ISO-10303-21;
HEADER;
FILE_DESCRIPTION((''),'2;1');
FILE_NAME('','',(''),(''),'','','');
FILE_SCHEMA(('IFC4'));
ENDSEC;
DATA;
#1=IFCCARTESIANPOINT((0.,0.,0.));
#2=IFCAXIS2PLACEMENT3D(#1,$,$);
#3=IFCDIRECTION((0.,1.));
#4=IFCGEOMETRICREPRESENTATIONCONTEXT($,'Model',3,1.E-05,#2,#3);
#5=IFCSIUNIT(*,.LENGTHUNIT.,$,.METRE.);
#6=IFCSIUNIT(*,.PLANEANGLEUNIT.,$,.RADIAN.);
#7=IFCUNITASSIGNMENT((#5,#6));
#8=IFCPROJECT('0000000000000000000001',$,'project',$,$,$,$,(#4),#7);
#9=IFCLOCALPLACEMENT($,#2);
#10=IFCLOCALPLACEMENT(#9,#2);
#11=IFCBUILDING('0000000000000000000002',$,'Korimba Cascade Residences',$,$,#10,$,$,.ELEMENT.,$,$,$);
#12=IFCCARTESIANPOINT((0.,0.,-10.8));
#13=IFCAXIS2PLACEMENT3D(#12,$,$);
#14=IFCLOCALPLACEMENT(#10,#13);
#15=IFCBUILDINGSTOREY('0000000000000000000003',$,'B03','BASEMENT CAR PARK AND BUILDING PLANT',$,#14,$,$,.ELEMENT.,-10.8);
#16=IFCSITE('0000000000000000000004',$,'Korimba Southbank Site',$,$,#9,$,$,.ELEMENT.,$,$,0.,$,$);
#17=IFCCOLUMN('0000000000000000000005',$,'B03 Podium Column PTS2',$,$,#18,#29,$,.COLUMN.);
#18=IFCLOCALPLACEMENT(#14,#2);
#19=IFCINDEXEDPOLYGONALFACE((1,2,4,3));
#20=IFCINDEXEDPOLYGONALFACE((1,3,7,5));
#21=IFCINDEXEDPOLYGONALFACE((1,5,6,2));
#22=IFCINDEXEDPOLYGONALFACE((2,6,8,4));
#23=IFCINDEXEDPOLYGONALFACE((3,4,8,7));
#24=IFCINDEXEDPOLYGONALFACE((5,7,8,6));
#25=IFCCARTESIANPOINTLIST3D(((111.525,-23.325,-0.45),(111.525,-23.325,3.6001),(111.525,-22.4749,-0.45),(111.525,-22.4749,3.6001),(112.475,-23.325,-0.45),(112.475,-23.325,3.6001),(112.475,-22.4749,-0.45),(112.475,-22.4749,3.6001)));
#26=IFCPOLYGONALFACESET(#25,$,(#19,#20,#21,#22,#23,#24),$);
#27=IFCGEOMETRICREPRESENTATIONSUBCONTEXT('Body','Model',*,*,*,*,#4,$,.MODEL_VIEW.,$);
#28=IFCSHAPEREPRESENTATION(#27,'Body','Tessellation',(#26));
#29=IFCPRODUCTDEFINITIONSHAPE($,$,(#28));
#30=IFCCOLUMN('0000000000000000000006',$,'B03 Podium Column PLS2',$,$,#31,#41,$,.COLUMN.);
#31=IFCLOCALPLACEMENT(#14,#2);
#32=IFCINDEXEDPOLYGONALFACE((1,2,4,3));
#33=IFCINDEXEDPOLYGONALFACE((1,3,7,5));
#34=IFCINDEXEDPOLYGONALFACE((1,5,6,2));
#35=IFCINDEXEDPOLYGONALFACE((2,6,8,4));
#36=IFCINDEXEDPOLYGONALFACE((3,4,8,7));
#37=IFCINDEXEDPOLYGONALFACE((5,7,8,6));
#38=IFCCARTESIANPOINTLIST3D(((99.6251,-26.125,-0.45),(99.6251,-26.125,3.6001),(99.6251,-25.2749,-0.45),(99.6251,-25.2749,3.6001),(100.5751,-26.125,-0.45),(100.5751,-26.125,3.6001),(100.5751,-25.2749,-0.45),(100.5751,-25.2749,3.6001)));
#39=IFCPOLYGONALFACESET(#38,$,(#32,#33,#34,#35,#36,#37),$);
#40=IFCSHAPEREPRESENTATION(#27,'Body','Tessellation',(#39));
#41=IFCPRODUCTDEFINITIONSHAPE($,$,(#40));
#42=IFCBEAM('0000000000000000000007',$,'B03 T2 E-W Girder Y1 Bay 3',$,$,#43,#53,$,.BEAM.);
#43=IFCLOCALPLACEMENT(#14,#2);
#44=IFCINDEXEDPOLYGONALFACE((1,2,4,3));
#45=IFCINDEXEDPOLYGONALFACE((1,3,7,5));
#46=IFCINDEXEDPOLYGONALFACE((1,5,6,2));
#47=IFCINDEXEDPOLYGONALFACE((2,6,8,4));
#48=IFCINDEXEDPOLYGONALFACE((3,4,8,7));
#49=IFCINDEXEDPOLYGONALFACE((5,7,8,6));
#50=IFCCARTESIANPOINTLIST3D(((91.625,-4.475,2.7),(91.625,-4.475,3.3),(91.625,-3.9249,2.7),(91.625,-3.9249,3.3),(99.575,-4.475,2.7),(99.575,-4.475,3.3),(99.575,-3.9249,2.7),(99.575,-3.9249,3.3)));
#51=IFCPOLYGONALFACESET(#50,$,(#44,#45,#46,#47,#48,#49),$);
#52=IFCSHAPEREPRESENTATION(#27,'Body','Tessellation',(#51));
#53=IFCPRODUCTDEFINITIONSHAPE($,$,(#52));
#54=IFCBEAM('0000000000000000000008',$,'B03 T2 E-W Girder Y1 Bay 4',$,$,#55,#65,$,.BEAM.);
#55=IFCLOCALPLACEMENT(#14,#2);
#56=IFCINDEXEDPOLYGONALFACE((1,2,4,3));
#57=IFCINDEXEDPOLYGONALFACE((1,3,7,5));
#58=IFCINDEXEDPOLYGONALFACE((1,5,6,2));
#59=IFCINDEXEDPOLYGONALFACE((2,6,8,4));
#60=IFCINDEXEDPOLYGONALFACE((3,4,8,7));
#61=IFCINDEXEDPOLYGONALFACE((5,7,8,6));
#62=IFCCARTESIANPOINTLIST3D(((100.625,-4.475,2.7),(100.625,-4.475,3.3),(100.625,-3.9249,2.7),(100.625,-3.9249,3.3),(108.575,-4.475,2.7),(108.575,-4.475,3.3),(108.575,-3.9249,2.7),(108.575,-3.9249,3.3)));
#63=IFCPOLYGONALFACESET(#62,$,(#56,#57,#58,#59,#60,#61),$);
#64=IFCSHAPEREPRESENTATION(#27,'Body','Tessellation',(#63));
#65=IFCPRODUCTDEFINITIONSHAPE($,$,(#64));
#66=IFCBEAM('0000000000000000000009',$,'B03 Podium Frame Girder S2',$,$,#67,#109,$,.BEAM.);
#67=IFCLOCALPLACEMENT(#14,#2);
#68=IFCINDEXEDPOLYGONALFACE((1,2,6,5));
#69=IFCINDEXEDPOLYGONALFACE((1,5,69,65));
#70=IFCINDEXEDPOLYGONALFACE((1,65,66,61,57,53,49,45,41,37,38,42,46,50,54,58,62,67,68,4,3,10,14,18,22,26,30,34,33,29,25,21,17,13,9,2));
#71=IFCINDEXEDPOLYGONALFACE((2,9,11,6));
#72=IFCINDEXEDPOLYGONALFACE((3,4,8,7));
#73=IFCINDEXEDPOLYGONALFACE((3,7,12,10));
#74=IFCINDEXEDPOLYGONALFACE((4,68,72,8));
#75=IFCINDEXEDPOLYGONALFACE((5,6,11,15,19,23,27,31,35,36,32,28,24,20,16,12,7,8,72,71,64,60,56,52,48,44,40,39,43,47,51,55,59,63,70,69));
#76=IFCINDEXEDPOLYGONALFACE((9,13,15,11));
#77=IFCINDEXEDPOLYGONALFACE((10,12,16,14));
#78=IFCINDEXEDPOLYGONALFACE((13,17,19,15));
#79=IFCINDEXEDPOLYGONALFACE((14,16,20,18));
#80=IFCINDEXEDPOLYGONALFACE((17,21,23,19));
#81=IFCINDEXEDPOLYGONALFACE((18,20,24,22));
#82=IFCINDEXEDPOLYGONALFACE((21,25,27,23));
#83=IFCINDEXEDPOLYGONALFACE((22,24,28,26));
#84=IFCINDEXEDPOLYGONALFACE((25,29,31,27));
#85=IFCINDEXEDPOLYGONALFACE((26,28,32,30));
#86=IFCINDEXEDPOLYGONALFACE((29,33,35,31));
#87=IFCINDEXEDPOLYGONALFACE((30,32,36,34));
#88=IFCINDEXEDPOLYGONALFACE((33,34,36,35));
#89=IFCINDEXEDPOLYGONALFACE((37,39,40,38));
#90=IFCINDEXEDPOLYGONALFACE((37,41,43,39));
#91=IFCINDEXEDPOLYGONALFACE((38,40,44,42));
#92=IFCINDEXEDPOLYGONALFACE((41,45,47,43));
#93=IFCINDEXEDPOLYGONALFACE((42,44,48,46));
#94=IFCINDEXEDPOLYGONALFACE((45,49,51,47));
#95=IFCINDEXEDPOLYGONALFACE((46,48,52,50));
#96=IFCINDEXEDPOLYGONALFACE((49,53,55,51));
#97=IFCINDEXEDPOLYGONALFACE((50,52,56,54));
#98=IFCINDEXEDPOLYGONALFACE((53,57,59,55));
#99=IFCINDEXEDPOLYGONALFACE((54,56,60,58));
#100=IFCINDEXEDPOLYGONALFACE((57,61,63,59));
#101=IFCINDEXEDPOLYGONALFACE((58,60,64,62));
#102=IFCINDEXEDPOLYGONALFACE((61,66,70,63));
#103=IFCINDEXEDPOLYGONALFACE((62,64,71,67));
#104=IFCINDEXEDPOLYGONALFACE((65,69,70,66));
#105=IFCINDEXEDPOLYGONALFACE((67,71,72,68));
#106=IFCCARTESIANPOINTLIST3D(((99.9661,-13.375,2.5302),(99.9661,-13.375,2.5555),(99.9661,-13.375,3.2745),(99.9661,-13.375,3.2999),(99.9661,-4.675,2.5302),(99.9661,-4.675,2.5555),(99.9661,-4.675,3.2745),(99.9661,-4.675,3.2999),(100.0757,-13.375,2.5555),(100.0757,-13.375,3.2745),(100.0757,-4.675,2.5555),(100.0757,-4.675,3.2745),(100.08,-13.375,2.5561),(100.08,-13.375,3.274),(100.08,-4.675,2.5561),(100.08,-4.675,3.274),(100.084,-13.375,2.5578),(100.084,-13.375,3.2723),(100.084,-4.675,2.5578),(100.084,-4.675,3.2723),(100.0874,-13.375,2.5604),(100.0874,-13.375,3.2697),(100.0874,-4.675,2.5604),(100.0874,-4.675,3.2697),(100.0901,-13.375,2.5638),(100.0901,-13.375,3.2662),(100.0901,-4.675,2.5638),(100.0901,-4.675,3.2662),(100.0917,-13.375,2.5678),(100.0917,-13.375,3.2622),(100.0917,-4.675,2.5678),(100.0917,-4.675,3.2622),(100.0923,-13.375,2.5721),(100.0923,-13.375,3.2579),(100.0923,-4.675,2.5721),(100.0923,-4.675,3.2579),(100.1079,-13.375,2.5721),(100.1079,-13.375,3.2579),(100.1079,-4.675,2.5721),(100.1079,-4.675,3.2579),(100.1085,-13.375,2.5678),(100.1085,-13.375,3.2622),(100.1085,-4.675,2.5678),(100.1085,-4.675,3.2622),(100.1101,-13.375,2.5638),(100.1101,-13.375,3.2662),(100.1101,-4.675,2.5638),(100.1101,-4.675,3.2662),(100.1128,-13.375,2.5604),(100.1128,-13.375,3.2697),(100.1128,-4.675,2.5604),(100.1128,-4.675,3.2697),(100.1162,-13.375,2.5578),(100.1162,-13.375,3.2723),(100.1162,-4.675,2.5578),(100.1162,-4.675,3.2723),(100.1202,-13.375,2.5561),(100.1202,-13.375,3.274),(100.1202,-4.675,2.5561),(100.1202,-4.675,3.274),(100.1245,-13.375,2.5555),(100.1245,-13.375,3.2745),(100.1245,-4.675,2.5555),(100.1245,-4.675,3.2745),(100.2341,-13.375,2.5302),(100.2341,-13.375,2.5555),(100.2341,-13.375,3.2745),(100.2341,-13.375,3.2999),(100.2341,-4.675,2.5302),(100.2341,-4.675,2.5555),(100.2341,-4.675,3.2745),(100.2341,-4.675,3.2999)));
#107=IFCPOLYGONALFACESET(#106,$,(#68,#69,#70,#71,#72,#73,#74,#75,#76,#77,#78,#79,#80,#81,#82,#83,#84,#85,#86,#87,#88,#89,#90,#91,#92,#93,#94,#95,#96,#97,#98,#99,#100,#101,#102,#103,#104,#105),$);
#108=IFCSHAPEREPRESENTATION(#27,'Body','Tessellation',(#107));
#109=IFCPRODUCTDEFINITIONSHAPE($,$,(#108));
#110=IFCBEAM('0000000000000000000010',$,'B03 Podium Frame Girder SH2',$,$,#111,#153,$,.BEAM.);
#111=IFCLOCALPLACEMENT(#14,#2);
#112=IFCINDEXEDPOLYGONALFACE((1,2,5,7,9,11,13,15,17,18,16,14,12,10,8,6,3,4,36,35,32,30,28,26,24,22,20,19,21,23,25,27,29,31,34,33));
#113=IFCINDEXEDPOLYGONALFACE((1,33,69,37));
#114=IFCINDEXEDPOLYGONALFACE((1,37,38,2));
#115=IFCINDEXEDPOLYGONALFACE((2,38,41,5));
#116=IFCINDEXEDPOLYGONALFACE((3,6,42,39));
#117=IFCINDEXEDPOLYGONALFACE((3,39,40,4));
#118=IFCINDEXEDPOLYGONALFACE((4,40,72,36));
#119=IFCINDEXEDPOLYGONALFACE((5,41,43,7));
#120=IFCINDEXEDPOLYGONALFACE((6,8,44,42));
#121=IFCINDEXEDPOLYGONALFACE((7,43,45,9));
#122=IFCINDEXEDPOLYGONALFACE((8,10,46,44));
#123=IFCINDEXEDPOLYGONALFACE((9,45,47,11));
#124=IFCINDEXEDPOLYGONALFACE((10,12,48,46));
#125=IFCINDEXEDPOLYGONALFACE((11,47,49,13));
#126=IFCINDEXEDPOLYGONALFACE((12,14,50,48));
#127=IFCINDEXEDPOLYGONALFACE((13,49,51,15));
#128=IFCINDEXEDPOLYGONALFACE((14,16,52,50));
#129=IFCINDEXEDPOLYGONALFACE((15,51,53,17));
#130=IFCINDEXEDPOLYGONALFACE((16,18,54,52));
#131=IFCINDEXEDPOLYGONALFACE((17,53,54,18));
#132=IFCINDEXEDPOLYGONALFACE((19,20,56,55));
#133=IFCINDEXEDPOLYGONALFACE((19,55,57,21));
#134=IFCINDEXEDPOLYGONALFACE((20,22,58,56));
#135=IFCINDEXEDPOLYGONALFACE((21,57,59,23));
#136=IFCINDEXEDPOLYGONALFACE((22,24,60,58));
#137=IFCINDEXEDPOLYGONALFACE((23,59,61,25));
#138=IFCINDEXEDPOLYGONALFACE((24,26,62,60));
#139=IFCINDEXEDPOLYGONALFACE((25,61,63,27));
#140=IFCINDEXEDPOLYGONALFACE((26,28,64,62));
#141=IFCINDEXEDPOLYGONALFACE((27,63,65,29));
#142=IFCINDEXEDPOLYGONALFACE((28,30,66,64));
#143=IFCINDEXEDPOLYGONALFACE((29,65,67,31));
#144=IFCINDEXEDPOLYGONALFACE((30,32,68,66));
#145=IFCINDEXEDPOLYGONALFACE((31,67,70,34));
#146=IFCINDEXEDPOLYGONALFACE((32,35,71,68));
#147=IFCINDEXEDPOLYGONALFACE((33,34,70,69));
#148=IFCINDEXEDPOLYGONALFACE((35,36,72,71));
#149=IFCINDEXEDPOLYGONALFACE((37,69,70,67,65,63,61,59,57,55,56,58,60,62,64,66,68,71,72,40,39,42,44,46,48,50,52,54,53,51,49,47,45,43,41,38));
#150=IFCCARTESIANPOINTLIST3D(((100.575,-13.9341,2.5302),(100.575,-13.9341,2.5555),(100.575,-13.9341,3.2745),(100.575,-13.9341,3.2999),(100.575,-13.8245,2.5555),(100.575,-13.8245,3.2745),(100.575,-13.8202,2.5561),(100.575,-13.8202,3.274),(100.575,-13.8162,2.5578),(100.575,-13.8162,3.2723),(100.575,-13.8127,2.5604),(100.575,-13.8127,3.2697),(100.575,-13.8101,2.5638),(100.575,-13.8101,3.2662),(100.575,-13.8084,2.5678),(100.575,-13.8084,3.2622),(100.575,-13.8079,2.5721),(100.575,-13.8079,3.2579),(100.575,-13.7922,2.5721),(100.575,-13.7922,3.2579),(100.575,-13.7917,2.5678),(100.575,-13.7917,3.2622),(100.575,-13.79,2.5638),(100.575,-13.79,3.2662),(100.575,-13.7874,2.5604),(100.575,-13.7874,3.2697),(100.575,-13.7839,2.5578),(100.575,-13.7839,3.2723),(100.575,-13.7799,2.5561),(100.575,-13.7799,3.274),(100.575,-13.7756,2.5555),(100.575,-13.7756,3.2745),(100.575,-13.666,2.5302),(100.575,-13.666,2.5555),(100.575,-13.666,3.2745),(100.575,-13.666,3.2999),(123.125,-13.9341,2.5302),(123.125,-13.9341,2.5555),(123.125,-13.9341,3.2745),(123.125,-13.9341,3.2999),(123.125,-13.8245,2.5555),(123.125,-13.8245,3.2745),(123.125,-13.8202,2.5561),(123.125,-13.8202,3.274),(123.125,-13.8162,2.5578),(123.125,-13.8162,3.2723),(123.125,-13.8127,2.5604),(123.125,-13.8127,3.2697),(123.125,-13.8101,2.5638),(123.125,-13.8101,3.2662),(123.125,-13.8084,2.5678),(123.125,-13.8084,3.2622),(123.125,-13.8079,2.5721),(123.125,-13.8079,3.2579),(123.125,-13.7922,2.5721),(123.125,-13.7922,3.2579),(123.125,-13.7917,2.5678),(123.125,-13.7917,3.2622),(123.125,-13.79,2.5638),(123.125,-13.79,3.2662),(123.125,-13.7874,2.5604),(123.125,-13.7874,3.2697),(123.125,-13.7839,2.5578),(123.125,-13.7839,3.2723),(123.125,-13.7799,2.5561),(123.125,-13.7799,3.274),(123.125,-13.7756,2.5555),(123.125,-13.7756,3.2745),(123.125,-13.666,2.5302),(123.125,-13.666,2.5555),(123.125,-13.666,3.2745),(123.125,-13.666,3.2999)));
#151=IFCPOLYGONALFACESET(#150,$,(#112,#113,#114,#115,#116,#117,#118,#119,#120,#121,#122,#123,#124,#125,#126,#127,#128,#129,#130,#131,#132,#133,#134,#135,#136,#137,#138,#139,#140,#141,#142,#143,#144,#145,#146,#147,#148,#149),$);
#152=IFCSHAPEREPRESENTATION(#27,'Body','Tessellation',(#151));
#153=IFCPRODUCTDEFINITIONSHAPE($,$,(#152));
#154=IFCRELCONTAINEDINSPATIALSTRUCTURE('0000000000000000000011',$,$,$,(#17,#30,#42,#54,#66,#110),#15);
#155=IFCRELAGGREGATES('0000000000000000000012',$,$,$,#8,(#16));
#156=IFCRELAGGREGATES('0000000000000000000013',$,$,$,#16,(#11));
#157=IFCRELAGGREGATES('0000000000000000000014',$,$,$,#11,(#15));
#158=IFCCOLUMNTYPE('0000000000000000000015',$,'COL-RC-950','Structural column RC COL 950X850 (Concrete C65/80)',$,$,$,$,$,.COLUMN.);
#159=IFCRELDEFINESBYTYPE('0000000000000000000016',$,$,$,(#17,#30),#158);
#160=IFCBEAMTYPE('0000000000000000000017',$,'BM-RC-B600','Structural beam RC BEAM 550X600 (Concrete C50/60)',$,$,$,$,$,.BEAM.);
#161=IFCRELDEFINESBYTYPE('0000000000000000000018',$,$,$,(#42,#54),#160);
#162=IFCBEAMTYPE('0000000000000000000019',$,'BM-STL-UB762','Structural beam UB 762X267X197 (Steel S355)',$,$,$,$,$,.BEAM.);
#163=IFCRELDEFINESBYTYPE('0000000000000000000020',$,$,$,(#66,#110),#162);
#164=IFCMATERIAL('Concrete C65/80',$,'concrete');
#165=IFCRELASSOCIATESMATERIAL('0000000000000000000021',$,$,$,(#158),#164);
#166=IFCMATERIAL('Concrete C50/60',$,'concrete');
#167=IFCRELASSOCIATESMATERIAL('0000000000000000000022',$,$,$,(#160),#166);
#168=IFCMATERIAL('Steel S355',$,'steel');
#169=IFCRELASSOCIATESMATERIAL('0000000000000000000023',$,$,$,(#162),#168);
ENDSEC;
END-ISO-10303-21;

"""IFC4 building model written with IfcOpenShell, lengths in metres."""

from ifc_helpers import new_model, si_unit, direction, frame, origin, origin_2d, place, context, subcontext, project, spatial, rectangle, i_section, extrude, material, material_profile, profile_set, type_object, element, save


model = new_model("IFC4")

# Units and contexts
model_context = context("Model", 3, precision=1e-05, world=origin(), true_north=direction((0.0, 1.0)))
body_context = subcontext(model_context, "Body", "Model", "MODEL_VIEW")
ifc_project = project(units=[si_unit("LENGTHUNIT", "METRE"), si_unit("PLANEANGLEUNIT", "RADIAN")], contexts=[model_context])

# Site, building, storey
site_placement = place(None, origin())
site = spatial("IfcSite", under=ifc_project, at=site_placement, Name="Korimba Southbank Site", CompositionType="ELEMENT", RefElevation=0.0)
building_placement = place(site_placement, origin())
building = spatial("IfcBuilding", under=site, at=building_placement, Name="Korimba Cascade Residences", CompositionType="ELEMENT")
storey_placement = place(building_placement, frame((0.0, 0.0, -10.8)))
storey = spatial("IfcBuildingStorey", under=building, at=storey_placement, Name="B03", Description="BASEMENT CAR PARK AND BUILDING PLANT", CompositionType="ELEMENT", Elevation=-10.8)

# Shared definitions
ifc_material_1 = material(Name="Concrete C50/60", Category="concrete")

# Columns
ifc_material_2 = material(Name="Concrete C65/80", Category="concrete")
ifc_material_profile_1 = material_profile(ifc_material_2, rectangle(XDim=0.95, YDim=0.8501, at=origin_2d()), Name="Concrete C65/80")
ifc_profile_set_1 = profile_set([ifc_material_profile_1], Name="Concrete C65/80")
column_type_1 = type_object("IfcColumnType", Name="COL-RC-950", Description="Structural column RC COL 950X850 (Concrete C65/80)", PredefinedType="COLUMN", material=ifc_profile_set_1)
for number, where, z_axis, x_axis, name in (
    (1, (112.0, -22.8999, -0.45), (0.0, 0.0, 1.0), (1.0, 0.0, 0.0), "B03 Podium Column PTS2"),
    (2, (100.1001, -25.7, -0.45), (0.0, 0.0, 1.0), (1.0, 0.0, 0.0), "B03 Podium Column PLS2"),
):
    element("IfcColumn", number, at=place(storey_placement, frame(where, z_axis=z_axis, x_axis=x_axis)), inside=storey, type_object=column_type_1, Name=name, PredefinedType="COLUMN", context=body_context, shape_type="SweptSolid", body=[
        extrude(rectangle(XDim=0.95, YDim=0.8501, at=origin_2d()), origin(), (0.0, 0.0, 1.0), 4.05),
    ])

# Beams
ifc_material_profile_2 = material_profile(ifc_material_1, rectangle(XDim=0.55, YDim=0.6001, at=origin_2d()), Name="Concrete C50/60")
ifc_profile_set_2 = profile_set([ifc_material_profile_2], Name="Concrete C50/60")
beam_type_1 = type_object("IfcBeamType", Name="BM-RC-B600", Description="Structural beam RC BEAM 550X600 (Concrete C50/60)", PredefinedType="BEAM", material=ifc_profile_set_2)
for number, where, z_axis, x_axis, name in (
    (3, (91.625, -4.2, 3.0), (1.0, 0.0, 0.0), (0.0, 1.0, 0.0), "B03 T2 E-W Girder Y1 Bay 3"),
    (4, (100.625, -4.2, 3.0), (1.0, 0.0, 0.0), (0.0, 1.0, 0.0), "B03 T2 E-W Girder Y1 Bay 4"),
):
    element("IfcBeam", number, at=place(storey_placement, frame(where, z_axis=z_axis, x_axis=x_axis)), inside=storey, type_object=beam_type_1, Name=name, PredefinedType="BEAM", context=body_context, shape_type="SweptSolid", body=[
        extrude(rectangle(XDim=0.55, YDim=0.6001, at=origin_2d()), origin(), (0.0, 0.0, 1.0), 7.95),
    ])
ifc_material_3 = material(Name="Steel S355", Category="steel")
ifc_material_profile_3 = material_profile(ifc_material_3, i_section(OverallWidth=0.2681, OverallDepth=0.7698, WebThickness=0.0156, FlangeThickness=0.0254, FilletRadius=0.0166, at=origin_2d()), Name="Steel S355")
ifc_profile_set_3 = profile_set([ifc_material_profile_3], Name="Steel S355")
beam_type_2 = type_object("IfcBeamType", Name="BM-STL-UB762", Description="Structural beam UB 762X267X197 (Steel S355)", PredefinedType="BEAM", material=ifc_profile_set_3)
beam_1_placement = place(storey_placement, frame((100.1001, -13.375, 2.915), z_axis=(0.0, 1.0, 0.0), x_axis=(-1.0, 0.0, 0.0)))
element("IfcBeam", 5, at=beam_1_placement, inside=storey, type_object=beam_type_2, Name="B03 Podium Frame Girder S2", PredefinedType="BEAM", context=body_context, shape_type="SweptSolid", body=[
    extrude(i_section(OverallWidth=0.2681, OverallDepth=0.7698, WebThickness=0.0156, FlangeThickness=0.0254, FilletRadius=0.0166, at=origin_2d()), origin(), (0.0, 0.0, 1.0), 8.7),
])
beam_2_placement = place(storey_placement, frame((100.575, -13.8, 2.915), z_axis=(1.0, 0.0, 0.0), x_axis=(0.0, 1.0, 0.0)))
element("IfcBeam", 6, at=beam_2_placement, inside=storey, type_object=beam_type_2, Name="B03 Podium Frame Girder SH2", PredefinedType="BEAM", context=body_context, shape_type="SweptSolid", body=[
    extrude(i_section(OverallWidth=0.2681, OverallDepth=0.7698, WebThickness=0.0156, FlangeThickness=0.0254, FilletRadius=0.0166, at=origin_2d()), origin(), (0.0, 0.0, 1.0), 22.55),
])

save(model, "model.ifc")
